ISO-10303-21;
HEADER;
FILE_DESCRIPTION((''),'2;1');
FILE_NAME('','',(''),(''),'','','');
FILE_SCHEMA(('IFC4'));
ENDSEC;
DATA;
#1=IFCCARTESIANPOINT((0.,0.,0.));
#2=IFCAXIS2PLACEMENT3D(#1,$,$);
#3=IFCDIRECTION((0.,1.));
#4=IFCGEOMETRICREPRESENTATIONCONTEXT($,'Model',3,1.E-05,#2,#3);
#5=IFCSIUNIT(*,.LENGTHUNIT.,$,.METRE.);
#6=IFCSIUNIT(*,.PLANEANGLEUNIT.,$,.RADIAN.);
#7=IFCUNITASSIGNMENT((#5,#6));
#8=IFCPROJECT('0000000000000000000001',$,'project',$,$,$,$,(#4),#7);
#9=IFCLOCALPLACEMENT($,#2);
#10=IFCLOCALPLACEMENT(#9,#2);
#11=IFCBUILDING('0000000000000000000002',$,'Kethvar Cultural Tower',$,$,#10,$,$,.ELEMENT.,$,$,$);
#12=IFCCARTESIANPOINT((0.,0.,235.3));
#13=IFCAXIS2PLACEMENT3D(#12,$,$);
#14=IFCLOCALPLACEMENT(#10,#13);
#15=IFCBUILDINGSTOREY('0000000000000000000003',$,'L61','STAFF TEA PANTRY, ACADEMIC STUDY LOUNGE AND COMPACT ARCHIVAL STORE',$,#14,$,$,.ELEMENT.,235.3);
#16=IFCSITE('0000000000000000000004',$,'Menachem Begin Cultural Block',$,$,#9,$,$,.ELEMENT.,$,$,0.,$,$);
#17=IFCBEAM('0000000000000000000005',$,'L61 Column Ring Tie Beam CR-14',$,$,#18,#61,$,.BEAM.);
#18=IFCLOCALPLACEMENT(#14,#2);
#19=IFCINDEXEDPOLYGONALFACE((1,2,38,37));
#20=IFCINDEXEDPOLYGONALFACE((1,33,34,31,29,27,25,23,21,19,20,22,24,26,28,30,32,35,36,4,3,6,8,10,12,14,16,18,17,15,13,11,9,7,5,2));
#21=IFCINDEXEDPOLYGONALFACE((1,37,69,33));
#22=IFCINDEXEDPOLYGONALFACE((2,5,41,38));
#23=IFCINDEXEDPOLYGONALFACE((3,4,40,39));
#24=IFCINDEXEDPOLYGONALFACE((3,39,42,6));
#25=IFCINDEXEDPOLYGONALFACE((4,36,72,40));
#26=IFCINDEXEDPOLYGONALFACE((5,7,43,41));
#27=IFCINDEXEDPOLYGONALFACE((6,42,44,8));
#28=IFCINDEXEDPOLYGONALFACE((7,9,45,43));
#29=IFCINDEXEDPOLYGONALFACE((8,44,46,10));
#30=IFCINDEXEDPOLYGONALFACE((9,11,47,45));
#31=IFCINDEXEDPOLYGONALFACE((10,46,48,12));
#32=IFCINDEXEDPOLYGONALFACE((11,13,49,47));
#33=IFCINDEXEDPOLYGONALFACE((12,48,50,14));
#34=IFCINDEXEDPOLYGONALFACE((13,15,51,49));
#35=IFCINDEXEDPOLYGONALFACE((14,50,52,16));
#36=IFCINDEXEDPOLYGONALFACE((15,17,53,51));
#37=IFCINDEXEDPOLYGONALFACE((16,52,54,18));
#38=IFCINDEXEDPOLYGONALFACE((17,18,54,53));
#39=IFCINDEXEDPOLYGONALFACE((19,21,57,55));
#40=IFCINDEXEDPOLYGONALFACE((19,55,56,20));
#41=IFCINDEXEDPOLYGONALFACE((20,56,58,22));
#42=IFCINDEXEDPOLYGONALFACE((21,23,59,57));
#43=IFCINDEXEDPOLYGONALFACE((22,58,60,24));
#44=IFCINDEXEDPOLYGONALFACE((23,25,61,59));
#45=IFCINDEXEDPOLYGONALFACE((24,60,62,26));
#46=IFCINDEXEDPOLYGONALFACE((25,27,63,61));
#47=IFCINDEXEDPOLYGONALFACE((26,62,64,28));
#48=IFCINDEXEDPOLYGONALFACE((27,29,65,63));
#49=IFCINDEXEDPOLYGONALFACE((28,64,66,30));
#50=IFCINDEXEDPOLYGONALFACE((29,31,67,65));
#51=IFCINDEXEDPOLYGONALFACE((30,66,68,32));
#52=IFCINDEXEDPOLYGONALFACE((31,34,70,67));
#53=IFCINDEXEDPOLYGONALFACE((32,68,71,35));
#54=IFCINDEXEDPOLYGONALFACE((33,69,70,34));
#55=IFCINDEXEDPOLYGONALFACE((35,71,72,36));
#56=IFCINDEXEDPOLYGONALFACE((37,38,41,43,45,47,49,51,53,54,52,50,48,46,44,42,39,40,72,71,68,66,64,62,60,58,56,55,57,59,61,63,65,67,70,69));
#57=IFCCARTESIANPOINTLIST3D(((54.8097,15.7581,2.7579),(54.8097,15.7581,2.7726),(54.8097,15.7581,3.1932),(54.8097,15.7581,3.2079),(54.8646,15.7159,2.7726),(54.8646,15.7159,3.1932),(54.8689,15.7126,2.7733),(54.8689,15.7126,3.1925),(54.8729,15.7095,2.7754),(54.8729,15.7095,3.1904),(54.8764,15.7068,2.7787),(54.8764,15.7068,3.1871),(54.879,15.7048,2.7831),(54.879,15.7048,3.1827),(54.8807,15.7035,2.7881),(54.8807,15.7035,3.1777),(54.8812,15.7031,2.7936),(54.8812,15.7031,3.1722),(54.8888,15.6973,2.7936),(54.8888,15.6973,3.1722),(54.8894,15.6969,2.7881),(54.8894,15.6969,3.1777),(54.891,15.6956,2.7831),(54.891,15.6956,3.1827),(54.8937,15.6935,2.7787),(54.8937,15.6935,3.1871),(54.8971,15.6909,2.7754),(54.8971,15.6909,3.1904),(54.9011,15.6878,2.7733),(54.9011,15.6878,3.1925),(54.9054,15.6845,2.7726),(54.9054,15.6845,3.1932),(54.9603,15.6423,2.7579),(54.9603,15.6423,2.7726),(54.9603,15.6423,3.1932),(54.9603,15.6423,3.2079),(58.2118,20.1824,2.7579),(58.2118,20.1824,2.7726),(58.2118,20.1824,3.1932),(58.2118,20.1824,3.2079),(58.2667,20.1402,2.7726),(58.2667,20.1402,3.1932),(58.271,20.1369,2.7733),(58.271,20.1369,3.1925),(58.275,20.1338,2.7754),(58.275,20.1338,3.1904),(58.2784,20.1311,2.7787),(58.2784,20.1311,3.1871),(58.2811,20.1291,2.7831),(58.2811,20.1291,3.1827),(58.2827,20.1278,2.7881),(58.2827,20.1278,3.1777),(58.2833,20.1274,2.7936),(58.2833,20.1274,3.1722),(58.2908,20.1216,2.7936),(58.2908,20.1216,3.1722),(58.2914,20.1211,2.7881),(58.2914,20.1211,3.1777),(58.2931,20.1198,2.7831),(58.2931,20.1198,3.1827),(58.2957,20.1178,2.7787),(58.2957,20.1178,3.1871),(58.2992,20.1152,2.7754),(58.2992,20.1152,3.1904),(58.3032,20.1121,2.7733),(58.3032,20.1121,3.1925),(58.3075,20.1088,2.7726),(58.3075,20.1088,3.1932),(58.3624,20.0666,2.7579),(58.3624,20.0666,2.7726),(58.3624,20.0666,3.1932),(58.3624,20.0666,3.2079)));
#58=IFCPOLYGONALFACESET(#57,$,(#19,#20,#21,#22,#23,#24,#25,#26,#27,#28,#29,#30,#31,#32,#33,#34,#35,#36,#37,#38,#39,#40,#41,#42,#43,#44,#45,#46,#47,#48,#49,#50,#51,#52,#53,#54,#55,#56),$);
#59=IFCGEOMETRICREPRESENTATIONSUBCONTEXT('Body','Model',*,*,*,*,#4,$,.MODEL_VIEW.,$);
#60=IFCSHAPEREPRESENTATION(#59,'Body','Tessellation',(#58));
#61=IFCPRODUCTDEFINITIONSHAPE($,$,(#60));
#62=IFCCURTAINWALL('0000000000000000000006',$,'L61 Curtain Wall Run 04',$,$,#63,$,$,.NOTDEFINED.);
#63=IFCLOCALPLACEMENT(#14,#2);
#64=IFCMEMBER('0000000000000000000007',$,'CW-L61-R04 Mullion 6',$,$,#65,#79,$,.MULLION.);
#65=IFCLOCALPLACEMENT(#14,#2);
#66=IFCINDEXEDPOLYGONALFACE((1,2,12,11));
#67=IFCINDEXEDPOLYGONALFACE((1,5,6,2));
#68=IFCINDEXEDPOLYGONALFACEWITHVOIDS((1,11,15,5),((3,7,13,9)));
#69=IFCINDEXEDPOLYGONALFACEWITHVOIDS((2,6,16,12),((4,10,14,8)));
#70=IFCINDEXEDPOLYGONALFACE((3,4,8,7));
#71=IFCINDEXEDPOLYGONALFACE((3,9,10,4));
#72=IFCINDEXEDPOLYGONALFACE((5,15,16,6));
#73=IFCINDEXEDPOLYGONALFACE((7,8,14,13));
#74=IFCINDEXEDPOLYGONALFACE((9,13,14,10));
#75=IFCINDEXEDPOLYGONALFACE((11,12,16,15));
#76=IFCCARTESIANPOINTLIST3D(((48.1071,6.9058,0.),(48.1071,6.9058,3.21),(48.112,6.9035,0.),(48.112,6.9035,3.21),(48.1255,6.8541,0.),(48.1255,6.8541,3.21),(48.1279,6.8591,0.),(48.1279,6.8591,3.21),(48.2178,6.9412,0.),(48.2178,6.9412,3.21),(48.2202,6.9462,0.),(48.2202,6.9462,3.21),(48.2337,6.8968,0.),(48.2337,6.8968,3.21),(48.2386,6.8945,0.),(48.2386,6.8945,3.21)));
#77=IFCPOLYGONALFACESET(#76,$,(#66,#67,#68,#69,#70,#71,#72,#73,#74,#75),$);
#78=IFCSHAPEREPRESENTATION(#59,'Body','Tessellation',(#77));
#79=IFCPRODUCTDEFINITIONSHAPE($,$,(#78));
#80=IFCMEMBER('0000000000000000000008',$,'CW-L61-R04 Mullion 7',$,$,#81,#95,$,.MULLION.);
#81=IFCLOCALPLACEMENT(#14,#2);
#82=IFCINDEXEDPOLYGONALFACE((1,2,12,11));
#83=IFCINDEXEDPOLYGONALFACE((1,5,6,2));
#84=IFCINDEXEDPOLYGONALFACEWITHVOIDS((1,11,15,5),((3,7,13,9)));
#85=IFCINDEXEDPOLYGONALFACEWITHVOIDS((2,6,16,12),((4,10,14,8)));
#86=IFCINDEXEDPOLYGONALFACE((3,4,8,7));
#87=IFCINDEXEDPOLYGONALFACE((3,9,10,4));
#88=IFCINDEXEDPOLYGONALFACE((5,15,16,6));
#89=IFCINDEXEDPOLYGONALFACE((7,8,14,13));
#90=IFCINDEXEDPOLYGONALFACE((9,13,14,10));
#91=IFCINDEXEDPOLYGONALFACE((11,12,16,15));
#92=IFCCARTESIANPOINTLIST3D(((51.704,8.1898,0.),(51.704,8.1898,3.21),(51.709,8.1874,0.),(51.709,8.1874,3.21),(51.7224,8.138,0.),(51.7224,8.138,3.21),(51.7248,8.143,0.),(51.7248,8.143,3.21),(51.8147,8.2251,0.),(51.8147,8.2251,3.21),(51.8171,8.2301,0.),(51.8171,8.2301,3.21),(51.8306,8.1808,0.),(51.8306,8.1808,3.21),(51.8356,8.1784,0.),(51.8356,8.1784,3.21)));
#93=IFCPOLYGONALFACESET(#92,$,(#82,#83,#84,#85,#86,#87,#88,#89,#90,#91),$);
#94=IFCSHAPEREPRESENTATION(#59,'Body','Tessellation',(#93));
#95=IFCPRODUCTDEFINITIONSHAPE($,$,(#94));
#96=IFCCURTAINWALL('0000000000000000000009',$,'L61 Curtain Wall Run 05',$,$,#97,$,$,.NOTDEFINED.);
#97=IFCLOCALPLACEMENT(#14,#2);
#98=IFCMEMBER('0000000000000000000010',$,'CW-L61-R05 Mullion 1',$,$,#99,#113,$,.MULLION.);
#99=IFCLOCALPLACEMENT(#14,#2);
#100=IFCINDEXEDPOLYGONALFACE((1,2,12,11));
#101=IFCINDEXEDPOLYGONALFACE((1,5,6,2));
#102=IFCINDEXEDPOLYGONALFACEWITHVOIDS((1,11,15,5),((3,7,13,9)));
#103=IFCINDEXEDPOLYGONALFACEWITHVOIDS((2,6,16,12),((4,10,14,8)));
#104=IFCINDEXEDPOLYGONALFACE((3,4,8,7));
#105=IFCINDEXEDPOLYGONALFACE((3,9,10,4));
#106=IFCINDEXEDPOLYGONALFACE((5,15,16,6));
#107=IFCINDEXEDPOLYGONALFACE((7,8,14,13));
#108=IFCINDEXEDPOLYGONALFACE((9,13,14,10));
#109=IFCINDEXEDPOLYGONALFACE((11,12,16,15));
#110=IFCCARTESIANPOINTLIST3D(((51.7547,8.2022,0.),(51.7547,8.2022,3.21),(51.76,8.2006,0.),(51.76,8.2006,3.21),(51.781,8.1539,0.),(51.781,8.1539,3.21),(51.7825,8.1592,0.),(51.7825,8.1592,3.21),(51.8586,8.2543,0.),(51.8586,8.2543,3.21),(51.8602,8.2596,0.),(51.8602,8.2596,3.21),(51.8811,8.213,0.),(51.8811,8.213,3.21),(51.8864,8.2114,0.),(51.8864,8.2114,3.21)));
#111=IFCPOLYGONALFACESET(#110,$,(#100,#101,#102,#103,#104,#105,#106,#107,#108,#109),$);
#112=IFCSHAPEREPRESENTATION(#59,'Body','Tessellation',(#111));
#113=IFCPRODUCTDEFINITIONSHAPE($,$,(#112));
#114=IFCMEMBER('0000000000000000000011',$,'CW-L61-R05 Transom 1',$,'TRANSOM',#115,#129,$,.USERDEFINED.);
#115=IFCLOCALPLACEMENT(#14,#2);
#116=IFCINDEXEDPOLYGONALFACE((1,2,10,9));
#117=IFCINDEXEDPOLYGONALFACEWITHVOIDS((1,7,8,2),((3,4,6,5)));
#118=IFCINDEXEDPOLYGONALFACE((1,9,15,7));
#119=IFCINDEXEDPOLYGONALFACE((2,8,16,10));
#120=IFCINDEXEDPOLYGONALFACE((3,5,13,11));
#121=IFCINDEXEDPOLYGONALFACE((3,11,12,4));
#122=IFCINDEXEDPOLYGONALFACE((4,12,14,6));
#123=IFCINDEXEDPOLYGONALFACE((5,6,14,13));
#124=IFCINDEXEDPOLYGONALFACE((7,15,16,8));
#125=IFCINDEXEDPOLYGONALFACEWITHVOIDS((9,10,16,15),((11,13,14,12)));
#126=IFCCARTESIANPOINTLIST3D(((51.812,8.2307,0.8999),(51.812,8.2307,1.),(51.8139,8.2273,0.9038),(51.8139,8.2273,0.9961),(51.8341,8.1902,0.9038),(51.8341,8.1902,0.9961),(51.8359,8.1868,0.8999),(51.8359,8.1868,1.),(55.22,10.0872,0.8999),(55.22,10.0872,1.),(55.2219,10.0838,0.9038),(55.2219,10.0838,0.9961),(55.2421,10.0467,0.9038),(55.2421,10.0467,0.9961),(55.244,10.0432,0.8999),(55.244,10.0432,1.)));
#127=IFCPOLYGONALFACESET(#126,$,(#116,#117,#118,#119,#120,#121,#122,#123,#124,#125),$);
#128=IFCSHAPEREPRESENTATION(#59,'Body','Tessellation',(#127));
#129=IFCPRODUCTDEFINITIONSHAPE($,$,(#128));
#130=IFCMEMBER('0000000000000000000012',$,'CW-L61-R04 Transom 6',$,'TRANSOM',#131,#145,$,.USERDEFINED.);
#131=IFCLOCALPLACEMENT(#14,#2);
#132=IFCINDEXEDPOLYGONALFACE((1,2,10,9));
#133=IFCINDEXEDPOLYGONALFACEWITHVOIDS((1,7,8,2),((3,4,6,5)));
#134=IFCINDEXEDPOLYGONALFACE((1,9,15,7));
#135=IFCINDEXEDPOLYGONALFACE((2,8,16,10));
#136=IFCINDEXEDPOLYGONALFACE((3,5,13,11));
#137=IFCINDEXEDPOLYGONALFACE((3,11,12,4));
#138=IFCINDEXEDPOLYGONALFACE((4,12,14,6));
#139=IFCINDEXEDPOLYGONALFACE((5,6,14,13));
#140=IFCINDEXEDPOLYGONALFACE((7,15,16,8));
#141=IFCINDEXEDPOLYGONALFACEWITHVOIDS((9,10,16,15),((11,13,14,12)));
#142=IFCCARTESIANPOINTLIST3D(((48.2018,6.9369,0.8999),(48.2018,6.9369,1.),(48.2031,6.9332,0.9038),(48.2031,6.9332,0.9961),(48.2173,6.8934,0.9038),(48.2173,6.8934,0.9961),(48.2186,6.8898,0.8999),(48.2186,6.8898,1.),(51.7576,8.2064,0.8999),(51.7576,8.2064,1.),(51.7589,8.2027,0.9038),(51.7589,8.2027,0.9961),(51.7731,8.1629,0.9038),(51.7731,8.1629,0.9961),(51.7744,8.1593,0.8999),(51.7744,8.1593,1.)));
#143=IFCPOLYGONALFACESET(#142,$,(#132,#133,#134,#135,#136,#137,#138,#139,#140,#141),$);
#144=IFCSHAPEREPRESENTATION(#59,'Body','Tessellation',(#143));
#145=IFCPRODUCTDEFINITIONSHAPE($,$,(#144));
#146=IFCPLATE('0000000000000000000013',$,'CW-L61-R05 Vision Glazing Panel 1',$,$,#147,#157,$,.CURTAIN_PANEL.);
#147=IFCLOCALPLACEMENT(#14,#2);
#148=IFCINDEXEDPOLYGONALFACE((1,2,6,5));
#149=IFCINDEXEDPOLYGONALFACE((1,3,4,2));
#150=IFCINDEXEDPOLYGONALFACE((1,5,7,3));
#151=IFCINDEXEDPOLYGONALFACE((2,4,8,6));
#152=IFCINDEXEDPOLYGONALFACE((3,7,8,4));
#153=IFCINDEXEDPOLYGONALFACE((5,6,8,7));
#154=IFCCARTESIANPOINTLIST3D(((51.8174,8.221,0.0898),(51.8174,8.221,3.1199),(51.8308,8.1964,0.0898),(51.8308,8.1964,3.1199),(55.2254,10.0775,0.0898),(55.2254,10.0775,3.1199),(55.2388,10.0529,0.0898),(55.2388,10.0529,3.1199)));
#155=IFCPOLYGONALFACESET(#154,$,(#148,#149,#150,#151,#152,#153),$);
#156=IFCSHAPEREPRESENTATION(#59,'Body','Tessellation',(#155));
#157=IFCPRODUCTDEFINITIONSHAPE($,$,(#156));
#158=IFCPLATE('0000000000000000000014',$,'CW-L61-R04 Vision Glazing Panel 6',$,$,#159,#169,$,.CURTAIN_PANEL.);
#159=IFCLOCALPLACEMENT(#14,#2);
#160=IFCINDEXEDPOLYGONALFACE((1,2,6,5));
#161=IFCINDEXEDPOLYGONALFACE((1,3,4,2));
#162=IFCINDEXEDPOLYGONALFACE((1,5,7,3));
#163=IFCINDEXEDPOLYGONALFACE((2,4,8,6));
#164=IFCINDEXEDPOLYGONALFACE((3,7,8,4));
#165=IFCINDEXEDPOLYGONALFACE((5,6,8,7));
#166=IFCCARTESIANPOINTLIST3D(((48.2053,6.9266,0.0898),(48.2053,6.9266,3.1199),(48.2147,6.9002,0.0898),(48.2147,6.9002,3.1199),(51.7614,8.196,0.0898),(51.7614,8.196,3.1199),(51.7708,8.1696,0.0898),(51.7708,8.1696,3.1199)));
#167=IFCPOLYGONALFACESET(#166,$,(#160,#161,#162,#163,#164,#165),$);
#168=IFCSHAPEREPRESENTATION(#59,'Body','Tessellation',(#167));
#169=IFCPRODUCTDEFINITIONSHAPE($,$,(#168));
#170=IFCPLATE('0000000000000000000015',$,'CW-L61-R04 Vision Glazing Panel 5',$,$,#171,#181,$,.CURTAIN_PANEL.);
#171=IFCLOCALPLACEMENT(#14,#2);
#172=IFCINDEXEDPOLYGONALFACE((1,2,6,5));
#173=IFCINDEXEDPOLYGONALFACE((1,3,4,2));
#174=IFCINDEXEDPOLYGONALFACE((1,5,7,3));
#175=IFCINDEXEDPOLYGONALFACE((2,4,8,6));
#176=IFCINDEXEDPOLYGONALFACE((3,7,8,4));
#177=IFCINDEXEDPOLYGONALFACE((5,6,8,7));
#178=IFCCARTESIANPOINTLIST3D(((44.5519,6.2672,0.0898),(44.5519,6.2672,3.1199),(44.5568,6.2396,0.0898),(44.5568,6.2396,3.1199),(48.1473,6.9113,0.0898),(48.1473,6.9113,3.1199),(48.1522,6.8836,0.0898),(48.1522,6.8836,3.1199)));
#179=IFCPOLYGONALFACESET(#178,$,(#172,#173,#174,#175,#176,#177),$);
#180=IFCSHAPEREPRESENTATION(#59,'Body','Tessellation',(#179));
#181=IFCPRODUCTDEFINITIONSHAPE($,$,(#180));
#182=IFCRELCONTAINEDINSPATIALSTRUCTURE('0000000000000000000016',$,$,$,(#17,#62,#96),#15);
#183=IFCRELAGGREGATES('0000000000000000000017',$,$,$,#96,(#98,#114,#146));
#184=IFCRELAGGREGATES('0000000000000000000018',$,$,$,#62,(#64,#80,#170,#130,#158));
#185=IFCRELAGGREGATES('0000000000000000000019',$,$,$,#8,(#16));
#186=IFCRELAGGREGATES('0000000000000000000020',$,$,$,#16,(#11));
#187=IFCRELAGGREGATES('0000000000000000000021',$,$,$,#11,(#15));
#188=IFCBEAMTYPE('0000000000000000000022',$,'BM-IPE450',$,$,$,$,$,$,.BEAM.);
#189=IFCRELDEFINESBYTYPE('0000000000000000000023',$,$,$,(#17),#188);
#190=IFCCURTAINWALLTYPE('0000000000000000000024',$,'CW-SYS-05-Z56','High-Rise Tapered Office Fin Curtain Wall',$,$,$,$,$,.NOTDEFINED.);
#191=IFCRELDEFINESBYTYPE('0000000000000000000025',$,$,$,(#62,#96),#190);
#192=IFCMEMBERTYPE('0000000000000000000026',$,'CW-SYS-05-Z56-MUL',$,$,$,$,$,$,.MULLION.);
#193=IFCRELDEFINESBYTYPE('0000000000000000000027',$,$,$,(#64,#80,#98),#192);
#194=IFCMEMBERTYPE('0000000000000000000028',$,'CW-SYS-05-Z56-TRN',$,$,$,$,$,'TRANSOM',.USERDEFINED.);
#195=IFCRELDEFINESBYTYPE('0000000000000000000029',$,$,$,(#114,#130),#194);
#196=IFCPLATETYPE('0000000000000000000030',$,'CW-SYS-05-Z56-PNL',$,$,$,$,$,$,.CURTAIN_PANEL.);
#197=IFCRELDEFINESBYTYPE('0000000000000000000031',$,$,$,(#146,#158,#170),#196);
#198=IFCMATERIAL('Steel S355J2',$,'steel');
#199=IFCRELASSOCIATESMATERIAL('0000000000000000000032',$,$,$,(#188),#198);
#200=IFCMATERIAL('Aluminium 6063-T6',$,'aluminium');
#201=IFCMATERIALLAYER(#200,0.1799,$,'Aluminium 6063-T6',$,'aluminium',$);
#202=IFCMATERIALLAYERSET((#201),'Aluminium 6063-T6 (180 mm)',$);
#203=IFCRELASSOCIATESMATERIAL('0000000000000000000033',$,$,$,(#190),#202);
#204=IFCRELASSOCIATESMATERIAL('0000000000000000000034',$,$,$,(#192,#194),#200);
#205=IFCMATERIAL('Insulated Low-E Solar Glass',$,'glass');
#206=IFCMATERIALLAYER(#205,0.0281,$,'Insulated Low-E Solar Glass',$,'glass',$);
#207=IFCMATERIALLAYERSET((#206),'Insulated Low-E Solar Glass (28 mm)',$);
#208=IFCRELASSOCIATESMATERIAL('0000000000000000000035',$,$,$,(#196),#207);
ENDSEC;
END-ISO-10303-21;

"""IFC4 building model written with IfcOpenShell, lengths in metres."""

from ifc_helpers import new_model, si_unit, direction, frame, origin, origin_2d, place, context, subcontext, project, spatial, rectangle, hollow_rectangle, i_section, extrude, source, transform, mapped, material, layer, layer_set, material_profile, profile_set, type_object, element, aggregate, save


model = new_model("IFC4")

# Units and contexts
model_context = context("Model", 3, precision=1e-05, world=origin(), true_north=direction((0.0, 1.0)))
body_context = subcontext(model_context, "Body", "Model", "MODEL_VIEW")
ifc_project = project(units=[si_unit("LENGTHUNIT", "METRE"), si_unit("PLANEANGLEUNIT", "RADIAN")], contexts=[model_context])

# Site, building, storey
site_placement = place(None, origin())
site = spatial("IfcSite", under=ifc_project, at=site_placement, Name="Menachem Begin Cultural Block", CompositionType="ELEMENT", RefElevation=0.0)
building_placement = place(site_placement, origin())
building = spatial("IfcBuilding", under=site, at=building_placement, Name="Kethvar Cultural Tower", CompositionType="ELEMENT")
storey_placement = place(building_placement, frame((0.0, 0.0, 235.3)))
storey = spatial("IfcBuildingStorey", under=building, at=storey_placement, Name="L61", Description="STAFF TEA PANTRY, ACADEMIC STUDY LOUNGE AND COMPACT ARCHIVAL STORE", CompositionType="ELEMENT", Elevation=235.3)

# Beam
ifc_material_1 = material(Name="Steel S355J2", Category="steel")
ifc_material_profile_1 = material_profile(ifc_material_1, i_section(OverallWidth=0.1899, OverallDepth=0.45, WebThickness=0.0095, FlangeThickness=0.0146, FilletRadius=0.021, at=origin_2d()), Name="Steel S355J2 — IPE450")
ifc_profile_set_1 = profile_set([ifc_material_profile_1], Name="Steel S355J2 — IPE450")
beam_type_1 = type_object("IfcBeamType", Name="BM-IPE450", PredefinedType="BEAM", material=ifc_profile_set_1)
shared_shape_1 = source(origin(), body_context, "Body", "SweptSolid", [
    extrude(i_section(OverallWidth=0.1899, OverallDepth=0.45, WebThickness=0.0095, FlangeThickness=0.0146, FilletRadius=0.021, at=origin_2d()), origin(), (0.0, 0.0, 1.0), 5.5811),
])
beam_1_placement = place(storey_placement, frame((54.885, 15.7002, 2.9829), z_axis=(0.609573, 0.79273, 0.0), x_axis=(-0.79273, 0.609573, 0.0)))
element("IfcBeam", 1, at=beam_1_placement, inside=storey, type_object=beam_type_1, Name="L61 Column Ring Tie Beam CR-14", PredefinedType="BEAM", context=body_context, shape_type="MappedRepresentation", body=[
    mapped(shared_shape_1, transform((0.0, 0.0, 0.0), scale=1.0)),
])

# Curtain walls, members
ifc_material_2 = material(Name="Aluminium 6063-T6", Category="aluminium")
ifc_layer_1 = layer(ifc_material_2, 0.1799, Name="Aluminium 6063-T6", Category="aluminium")
ifc_layer_set_1 = layer_set([ifc_layer_1], Name="Aluminium 6063-T6 (180 mm)")
curtain_wall_type = type_object("IfcCurtainWallType", Name="CW-SYS-05-Z56", Description="High-Rise Tapered Office Fin Curtain Wall", PredefinedType="NOTDEFINED", material=ifc_layer_set_1)
curtain_wall_1_placement = place(storey_placement, origin())
curtain_wall_1 = element("IfcCurtainWall", 2, at=curtain_wall_1_placement, inside=storey, type_object=curtain_wall_type, Name="L61 Curtain Wall Run 04", PredefinedType="NOTDEFINED")
ifc_material_profile_2 = material_profile(ifc_material_2, hollow_rectangle(XDim=0.0549, YDim=0.1201, WallThickness=0.0039, at=origin_2d()), Name="Aluminium 6063-T6 — RHS120x55x4")
ifc_profile_set_2 = profile_set([ifc_material_profile_2], Name="Aluminium 6063-T6 — RHS120x55x4")
member_type_1 = type_object("IfcMemberType", Name="CW-SYS-05-Z56-MUL", PredefinedType="MULLION", material=ifc_profile_set_2)
shared_shape_2 = source(origin(), body_context, "Body", "SweptSolid", [
    extrude(hollow_rectangle(XDim=0.0549, YDim=0.1201, WallThickness=0.0039, at=origin_2d()), origin(), (0.0, 0.0, 1.0), 3.21),
])
member_1_placement = place(storey_placement, frame((48.1729, 6.9001, 0.0), z_axis=(0.0, 0.0, 1.0), x_axis=(-0.336191, 0.941794, 0.0)))
member_1 = element("IfcMember", 3, at=member_1_placement, type_object=member_type_1, Name="CW-L61-R04 Mullion 6", PredefinedType="MULLION", context=body_context, shape_type="MappedRepresentation", body=[
    mapped(shared_shape_2, transform((0.0, 0.0, 0.0), scale=1.0)),
])
member_2_placement = place(storey_placement, frame((51.7698, 8.1841, 0.0), z_axis=(0.0, 0.0, 1.0), x_axis=(-0.336191, 0.941794, 0.0)))
member_2 = element("IfcMember", 4, at=member_2_placement, type_object=member_type_1, Name="CW-L61-R04 Mullion 7", PredefinedType="MULLION", context=body_context, shape_type="MappedRepresentation", body=[
    mapped(shared_shape_2, transform((0.0, 0.0, 0.0), scale=1.0)),
])
curtain_wall_2_placement = place(storey_placement, origin())
curtain_wall_2 = element("IfcCurtainWall", 5, at=curtain_wall_2_placement, inside=storey, type_object=curtain_wall_type, Name="L61 Curtain Wall Run 05", PredefinedType="NOTDEFINED")
member_3_placement = place(storey_placement, frame((51.8206, 8.2068, 0.0), z_axis=(0.0, 0.0, 1.0), x_axis=(-0.47837, 0.878158, 0.0)))
member_3 = element("IfcMember", 6, at=member_3_placement, type_object=member_type_1, Name="CW-L61-R05 Mullion 1", PredefinedType="MULLION", context=body_context, shape_type="MappedRepresentation", body=[
    mapped(shared_shape_2, transform((0.0, 0.0, 0.0), scale=1.0)),
])
ifc_material_profile_3 = material_profile(ifc_material_2, hollow_rectangle(XDim=0.05, YDim=0.1001, WallThickness=0.0039, at=origin_2d()), Name="Aluminium 6063-T6 — RHS100x50x4")
ifc_profile_set_3 = profile_set([ifc_material_profile_3], Name="Aluminium 6063-T6 — RHS100x50x4")
member_type_2 = type_object("IfcMemberType", Name="CW-SYS-05-Z56-TRN", ElementType="TRANSOM", PredefinedType="USERDEFINED", material=ifc_profile_set_3)
shared_shape_3 = source(origin(), body_context, "Body", "SweptSolid", [
    extrude(hollow_rectangle(XDim=0.05, YDim=0.1001, WallThickness=0.0039, at=origin_2d()), origin(), (0.0, 0.0, 1.0), 3.8809),
])
member_4_placement = place(storey_placement, frame((51.824, 8.2087, 0.95), z_axis=(0.87816, 0.478367, 0.0), x_axis=(-0.478367, 0.87816, 0.0)))
member_4 = element("IfcMember", 7, at=member_4_placement, type_object=member_type_2, Name="CW-L61-R05 Transom 1", ObjectType="TRANSOM", PredefinedType="USERDEFINED", context=body_context, shape_type="MappedRepresentation", body=[
    mapped(shared_shape_3, transform((0.0, 0.0, 0.0), scale=1.0)),
])

# Member
shared_shape_4 = source(origin(), body_context, "Body", "SweptSolid", [
    extrude(hollow_rectangle(XDim=0.05, YDim=0.1001, WallThickness=0.0039, at=origin_2d()), origin(), (0.0, 0.0, 1.0), 3.7756),
])
member_5_placement = place(storey_placement, frame((48.2102, 6.9133, 0.95), z_axis=(0.941778, 0.336234, 0.0), x_axis=(-0.336234, 0.941778, 0.0)))
member_5 = element("IfcMember", 8, at=member_5_placement, type_object=member_type_2, Name="CW-L61-R04 Transom 6", ObjectType="TRANSOM", PredefinedType="USERDEFINED", context=body_context, shape_type="MappedRepresentation", body=[
    mapped(shared_shape_4, transform((0.0, 0.0, 0.0), scale=1.0)),
])

# Plates
ifc_material_3 = material(Name="Insulated Low-E Solar Glass", Category="glass")
ifc_layer_2 = layer(ifc_material_3, 0.0281, Name="Insulated Low-E Solar Glass", Category="glass")
ifc_layer_set_2 = layer_set([ifc_layer_2], Name="Insulated Low-E Solar Glass (28 mm)")
plate_type = type_object("IfcPlateType", Name="CW-SYS-05-Z56-PNL", PredefinedType="CURTAIN_PANEL", material=ifc_layer_set_2)
shared_shape_5 = source(origin(), body_context, "Body", "SweptSolid", [
    extrude(rectangle(XDim=3.8809, YDim=0.0281, at=origin_2d()), origin(), (0.0, 0.0, 1.0), 3.03),
])
plate_1_placement = place(storey_placement, frame((53.5281, 9.137, 0.0898), z_axis=(0.0, 0.0, 1.0), x_axis=(0.878158, 0.47837, 0.0)))
plate_1 = element("IfcPlate", 9, at=plate_1_placement, type_object=plate_type, Name="CW-L61-R05 Vision Glazing Panel 1", PredefinedType="CURTAIN_PANEL", context=body_context, shape_type="MappedRepresentation", body=[
    mapped(shared_shape_5, transform((0.0, 0.0, 0.0), scale=1.0)),
])
aggregate(curtain_wall_2, [member_3, member_4, plate_1])
shared_shape_6 = source(origin(), body_context, "Body", "SweptSolid", [
    extrude(rectangle(XDim=3.7759, YDim=0.0281, at=origin_2d()), origin(), (0.0, 0.0, 1.0), 3.03),
])
plate_2_placement = place(storey_placement, frame((49.988, 7.5481, 0.0898), z_axis=(0.0, 0.0, 1.0), x_axis=(0.941794, 0.336191, 0.0)))
plate_2 = element("IfcPlate", 10, at=plate_2_placement, type_object=plate_type, Name="CW-L61-R04 Vision Glazing Panel 6", PredefinedType="CURTAIN_PANEL", context=body_context, shape_type="MappedRepresentation", body=[
    mapped(shared_shape_6, transform((0.0, 0.0, 0.0), scale=1.0)),
])
shared_shape_7 = source(origin(), body_context, "Body", "SweptSolid", [
    extrude(rectangle(XDim=3.6526, YDim=0.0281, at=origin_2d()), origin(), (0.0, 0.0, 1.0), 3.03),
])
plate_3_placement = place(storey_placement, frame((46.3521, 6.5754, 0.0898), z_axis=(0.0, 0.0, 1.0), x_axis=(0.984331, 0.176329, 0.0)))
plate_3 = element("IfcPlate", 11, at=plate_3_placement, type_object=plate_type, Name="CW-L61-R04 Vision Glazing Panel 5", PredefinedType="CURTAIN_PANEL", context=body_context, shape_type="MappedRepresentation", body=[
    mapped(shared_shape_7, transform((0.0, 0.0, 0.0), scale=1.0)),
])
aggregate(curtain_wall_1, [member_1, member_2, plate_3, member_5, plate_2])

save(model, "model.ifc")
